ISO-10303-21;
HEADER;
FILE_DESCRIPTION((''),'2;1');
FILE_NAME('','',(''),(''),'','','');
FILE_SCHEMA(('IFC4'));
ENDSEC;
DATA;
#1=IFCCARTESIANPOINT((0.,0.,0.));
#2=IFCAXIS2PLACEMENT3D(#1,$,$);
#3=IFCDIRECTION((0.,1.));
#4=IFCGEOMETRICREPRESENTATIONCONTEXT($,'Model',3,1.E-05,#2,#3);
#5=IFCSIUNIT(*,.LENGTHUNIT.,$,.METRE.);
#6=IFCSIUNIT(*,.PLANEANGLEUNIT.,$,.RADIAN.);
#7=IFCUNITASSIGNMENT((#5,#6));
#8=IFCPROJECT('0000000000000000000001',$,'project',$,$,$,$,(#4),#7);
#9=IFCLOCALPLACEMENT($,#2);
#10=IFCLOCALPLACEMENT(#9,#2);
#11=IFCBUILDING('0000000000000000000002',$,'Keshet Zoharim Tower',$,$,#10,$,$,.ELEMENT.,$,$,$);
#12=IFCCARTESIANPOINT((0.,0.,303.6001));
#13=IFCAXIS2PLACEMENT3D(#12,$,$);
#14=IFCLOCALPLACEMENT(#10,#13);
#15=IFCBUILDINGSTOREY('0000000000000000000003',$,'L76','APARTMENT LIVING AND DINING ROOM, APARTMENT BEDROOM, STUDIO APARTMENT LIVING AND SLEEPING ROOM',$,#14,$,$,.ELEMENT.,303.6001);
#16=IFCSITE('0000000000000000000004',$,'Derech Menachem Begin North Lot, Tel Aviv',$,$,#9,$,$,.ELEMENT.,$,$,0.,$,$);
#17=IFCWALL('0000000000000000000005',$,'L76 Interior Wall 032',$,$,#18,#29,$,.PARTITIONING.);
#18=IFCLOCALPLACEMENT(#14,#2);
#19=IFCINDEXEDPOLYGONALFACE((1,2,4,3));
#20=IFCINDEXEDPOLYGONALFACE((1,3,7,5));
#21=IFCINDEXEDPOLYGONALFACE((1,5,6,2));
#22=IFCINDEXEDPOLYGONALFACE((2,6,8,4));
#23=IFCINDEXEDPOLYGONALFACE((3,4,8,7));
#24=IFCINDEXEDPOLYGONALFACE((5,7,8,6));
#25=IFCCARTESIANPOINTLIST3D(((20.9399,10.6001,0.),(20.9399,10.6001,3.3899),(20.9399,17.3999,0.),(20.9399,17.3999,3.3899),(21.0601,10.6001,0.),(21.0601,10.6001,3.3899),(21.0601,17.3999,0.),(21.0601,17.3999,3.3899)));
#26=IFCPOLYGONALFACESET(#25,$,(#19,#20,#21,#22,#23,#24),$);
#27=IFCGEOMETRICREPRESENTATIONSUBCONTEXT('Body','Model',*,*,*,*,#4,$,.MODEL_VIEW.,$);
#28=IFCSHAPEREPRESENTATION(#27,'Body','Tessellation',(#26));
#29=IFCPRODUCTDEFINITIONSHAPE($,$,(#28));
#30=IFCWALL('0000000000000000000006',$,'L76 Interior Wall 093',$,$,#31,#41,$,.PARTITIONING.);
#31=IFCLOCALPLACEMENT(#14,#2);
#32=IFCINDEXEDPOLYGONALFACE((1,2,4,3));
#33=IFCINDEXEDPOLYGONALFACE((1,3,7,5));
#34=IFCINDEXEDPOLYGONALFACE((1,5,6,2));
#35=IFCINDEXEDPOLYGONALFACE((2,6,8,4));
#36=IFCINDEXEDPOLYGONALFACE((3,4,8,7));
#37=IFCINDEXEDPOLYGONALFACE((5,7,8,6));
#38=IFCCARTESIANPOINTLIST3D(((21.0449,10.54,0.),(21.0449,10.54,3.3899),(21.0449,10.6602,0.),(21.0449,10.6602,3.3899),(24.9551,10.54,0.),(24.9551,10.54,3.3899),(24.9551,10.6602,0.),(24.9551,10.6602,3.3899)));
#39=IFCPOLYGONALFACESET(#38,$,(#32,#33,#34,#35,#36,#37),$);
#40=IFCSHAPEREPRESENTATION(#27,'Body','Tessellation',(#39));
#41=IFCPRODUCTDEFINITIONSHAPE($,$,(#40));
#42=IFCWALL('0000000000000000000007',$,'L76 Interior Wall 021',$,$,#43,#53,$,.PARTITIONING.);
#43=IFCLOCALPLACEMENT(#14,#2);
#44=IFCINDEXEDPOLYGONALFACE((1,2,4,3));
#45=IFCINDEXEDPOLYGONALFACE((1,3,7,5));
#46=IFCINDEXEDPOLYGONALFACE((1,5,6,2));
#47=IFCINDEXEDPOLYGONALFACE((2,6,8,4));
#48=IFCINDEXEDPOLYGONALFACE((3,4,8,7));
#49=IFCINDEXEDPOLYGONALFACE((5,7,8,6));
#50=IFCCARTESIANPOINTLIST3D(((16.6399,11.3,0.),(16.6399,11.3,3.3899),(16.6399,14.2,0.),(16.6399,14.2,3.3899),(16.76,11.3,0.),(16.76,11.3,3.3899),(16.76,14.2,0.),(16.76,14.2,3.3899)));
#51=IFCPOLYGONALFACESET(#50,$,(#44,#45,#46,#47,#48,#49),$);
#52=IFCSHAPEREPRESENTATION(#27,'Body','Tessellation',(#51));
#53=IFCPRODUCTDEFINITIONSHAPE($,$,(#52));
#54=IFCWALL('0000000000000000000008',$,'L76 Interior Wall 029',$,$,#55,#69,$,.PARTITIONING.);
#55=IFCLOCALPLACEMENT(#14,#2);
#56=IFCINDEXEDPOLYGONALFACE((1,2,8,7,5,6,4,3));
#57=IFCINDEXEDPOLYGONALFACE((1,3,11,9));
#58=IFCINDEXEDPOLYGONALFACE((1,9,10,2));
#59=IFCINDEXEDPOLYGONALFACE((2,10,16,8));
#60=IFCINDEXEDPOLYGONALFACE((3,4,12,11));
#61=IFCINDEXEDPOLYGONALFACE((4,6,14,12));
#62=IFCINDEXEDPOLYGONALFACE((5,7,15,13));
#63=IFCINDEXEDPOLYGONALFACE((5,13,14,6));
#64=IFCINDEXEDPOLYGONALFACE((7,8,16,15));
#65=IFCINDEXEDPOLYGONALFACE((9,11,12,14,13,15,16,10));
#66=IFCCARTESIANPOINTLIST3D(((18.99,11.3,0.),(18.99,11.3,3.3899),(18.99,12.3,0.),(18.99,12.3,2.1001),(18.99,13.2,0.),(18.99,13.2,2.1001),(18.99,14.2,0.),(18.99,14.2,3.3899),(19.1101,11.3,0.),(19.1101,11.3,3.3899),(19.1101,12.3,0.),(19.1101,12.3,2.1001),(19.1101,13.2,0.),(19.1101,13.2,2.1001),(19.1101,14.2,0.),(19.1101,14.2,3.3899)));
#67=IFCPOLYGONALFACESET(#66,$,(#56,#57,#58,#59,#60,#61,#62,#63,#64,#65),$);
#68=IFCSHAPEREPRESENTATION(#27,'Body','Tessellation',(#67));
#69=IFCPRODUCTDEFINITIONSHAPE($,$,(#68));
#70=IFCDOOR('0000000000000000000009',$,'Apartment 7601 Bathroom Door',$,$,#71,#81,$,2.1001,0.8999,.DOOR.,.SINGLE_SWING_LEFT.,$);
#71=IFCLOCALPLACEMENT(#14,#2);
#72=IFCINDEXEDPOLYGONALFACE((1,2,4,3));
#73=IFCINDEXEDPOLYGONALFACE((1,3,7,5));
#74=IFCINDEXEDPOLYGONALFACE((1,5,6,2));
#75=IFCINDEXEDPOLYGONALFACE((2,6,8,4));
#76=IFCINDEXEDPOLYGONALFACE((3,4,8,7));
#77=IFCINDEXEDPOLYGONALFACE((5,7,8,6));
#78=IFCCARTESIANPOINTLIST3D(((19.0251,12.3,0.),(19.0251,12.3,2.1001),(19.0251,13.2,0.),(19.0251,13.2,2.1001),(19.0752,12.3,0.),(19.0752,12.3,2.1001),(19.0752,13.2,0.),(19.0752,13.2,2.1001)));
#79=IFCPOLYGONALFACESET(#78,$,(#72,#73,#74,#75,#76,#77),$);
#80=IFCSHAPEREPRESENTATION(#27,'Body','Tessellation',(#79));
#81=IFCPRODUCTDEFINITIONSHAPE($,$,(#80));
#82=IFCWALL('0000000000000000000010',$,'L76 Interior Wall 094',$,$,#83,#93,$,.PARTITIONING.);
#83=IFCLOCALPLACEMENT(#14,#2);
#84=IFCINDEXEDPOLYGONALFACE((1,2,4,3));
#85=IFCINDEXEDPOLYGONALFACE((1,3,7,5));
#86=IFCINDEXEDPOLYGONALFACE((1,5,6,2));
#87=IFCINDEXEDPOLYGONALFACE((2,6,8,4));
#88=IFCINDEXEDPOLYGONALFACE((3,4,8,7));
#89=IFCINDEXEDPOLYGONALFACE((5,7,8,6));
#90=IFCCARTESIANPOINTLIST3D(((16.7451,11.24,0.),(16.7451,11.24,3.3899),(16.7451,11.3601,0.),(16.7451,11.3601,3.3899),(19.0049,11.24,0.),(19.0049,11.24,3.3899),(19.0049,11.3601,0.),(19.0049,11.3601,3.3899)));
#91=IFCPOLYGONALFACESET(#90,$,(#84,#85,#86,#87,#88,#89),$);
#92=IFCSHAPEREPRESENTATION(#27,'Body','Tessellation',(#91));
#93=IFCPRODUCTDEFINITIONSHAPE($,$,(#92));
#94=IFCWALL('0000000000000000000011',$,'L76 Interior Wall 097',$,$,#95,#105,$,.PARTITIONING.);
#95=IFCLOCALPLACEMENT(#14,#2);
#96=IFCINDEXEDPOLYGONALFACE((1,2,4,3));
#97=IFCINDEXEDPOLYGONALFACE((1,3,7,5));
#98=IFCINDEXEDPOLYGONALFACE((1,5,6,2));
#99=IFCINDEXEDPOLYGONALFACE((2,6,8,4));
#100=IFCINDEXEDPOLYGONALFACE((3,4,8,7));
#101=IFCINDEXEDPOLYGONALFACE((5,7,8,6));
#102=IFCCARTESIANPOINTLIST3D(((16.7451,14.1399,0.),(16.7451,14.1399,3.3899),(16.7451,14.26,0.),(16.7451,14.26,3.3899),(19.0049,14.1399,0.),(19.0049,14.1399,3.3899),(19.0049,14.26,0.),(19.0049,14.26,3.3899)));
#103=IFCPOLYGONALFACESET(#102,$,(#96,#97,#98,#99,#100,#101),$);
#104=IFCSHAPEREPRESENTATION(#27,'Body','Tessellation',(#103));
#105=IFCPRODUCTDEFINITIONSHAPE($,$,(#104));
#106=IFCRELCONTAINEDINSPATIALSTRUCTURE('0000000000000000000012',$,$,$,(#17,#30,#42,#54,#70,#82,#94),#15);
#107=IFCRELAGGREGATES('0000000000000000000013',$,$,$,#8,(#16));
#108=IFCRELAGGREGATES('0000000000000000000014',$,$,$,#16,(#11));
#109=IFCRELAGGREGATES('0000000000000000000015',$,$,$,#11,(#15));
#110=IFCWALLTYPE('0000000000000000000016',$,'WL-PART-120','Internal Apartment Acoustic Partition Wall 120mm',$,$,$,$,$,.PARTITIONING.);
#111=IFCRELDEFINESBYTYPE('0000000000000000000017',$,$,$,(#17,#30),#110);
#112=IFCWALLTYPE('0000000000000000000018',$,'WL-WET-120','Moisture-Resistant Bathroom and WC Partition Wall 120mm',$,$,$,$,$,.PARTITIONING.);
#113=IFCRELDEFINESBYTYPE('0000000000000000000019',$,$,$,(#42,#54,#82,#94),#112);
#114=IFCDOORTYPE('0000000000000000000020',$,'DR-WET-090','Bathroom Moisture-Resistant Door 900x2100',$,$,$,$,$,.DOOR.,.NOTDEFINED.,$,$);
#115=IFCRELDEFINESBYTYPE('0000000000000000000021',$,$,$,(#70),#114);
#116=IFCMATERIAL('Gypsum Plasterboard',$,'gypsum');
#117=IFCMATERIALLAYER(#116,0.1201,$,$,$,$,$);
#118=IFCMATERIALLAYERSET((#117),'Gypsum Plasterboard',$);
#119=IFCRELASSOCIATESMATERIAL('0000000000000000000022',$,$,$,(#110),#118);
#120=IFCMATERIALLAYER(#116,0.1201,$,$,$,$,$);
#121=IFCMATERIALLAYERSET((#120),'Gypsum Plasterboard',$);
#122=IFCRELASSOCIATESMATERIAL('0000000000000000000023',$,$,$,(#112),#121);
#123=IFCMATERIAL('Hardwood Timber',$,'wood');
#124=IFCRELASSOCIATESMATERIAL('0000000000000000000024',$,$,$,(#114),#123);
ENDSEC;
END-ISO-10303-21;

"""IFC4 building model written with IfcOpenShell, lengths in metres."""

from ifc_helpers import new_model, si_unit, direction, frame, frame_2d, origin, place, context, subcontext, project, spatial, rectangle, extrude, material, layer, layer_set, type_object, element, fill, save


model = new_model("IFC4")

# Units and contexts
model_context = context("Model", 3, precision=1e-05, world=origin(), true_north=direction((0.0, 1.0)))
body_context = subcontext(model_context, "Body", "Model", "MODEL_VIEW")
ifc_project = project(units=[si_unit("LENGTHUNIT", "METRE"), si_unit("PLANEANGLEUNIT", "RADIAN")], contexts=[model_context])

# Site, building, storey
site_placement = place(None, origin())
site = spatial("IfcSite", under=ifc_project, at=site_placement, Name="Derech Menachem Begin North Lot, Tel Aviv", CompositionType="ELEMENT", RefElevation=0.0)
building_placement = place(site_placement, origin())
building = spatial("IfcBuilding", under=site, at=building_placement, Name="Keshet Zoharim Tower", CompositionType="ELEMENT")
storey_placement = place(building_placement, frame((0.0, 0.0, 303.6001)))
storey = spatial("IfcBuildingStorey", under=building, at=storey_placement, Name="L76", Description="APARTMENT LIVING AND DINING ROOM, APARTMENT BEDROOM, STUDIO APARTMENT LIVING AND SLEEPING ROOM", CompositionType="ELEMENT", Elevation=303.6001)

# Shared definitions
ifc_material_1 = material(Name="Gypsum Plasterboard", Category="gypsum")
ifc_material_2 = material(Name="Hardwood Timber", Category="wood")

# Shared definitions
ifc_layer_1 = layer(ifc_material_1, 0.1201)
ifc_layer_set_1 = layer_set([ifc_layer_1], Name="Gypsum Plasterboard")
wall_type_1 = type_object("IfcWallType", Name="WL-PART-120", Description="Internal Apartment Acoustic Partition Wall 120mm", PredefinedType="PARTITIONING", material=ifc_layer_set_1)

# Walls
wall_1_placement = place(storey_placement, frame((21.0, 10.6001, 0.0), z_axis=(0.0, 0.0, 1.0), x_axis=(0.0, 1.0, 0.0)))
element("IfcWall", 1, at=wall_1_placement, inside=storey, type_object=wall_type_1, Name="L76 Interior Wall 032", PredefinedType="PARTITIONING", context=body_context, shape_type="SweptSolid", body=[
    extrude(rectangle(XDim=6.7998, YDim=0.1201, at=frame_2d((3.3999, 0.0))), origin(), (0.0, 0.0, 1.0), 3.3899),
])
wall_2_placement = place(storey_placement, frame((21.0449, 10.6001, 0.0), z_axis=(0.0, 0.0, 1.0), x_axis=(1.0, 0.0, 0.0)))
element("IfcWall", 2, at=wall_2_placement, inside=storey, type_object=wall_type_1, Name="L76 Interior Wall 093", PredefinedType="PARTITIONING", context=body_context, shape_type="SweptSolid", body=[
    extrude(rectangle(XDim=3.9102, YDim=0.1201, at=frame_2d((1.9551, 0.0))), origin(), (0.0, 0.0, 1.0), 3.3899),
])
ifc_layer_2 = layer(ifc_material_1, 0.1201)
ifc_layer_set_2 = layer_set([ifc_layer_2], Name="Gypsum Plasterboard")
wall_type_2 = type_object("IfcWallType", Name="WL-WET-120", Description="Moisture-Resistant Bathroom and WC Partition Wall 120mm", PredefinedType="PARTITIONING", material=ifc_layer_set_2)
wall_3_placement = place(storey_placement, frame((16.7, 11.3, 0.0), z_axis=(0.0, 0.0, 1.0), x_axis=(0.0, 1.0, 0.0)))
element("IfcWall", 3, at=wall_3_placement, inside=storey, type_object=wall_type_2, Name="L76 Interior Wall 021", PredefinedType="PARTITIONING", context=body_context, shape_type="SweptSolid", body=[
    extrude(rectangle(XDim=2.8999, YDim=0.1201, at=frame_2d((1.45, 0.0))), origin(), (0.0, 0.0, 1.0), 3.3899),
])

# Wall, opening, door
wall_4_placement = place(storey_placement, frame((19.05, 11.3, 0.0), z_axis=(0.0, 0.0, 1.0), x_axis=(0.0, 1.0, 0.0)))
wall_4 = element("IfcWall", 4, at=wall_4_placement, inside=storey, type_object=wall_type_2, Name="L76 Interior Wall 029", PredefinedType="PARTITIONING", context=body_context, shape_type="SweptSolid", body=[
    extrude(rectangle(XDim=2.8999, YDim=0.1201, at=frame_2d((1.45, 0.0))), origin(), (0.0, 0.0, 1.0), 3.3899),
])
opening_1_placement = place(wall_4_placement, frame((1.0, 0.0, 0.0)))
opening_1 = element("IfcOpeningElement", 5, at=opening_1_placement, cuts=wall_4, PredefinedType="OPENING", context=body_context, shape_type="SweptSolid", body=[
    extrude(rectangle(XDim=0.8999, YDim=2.1001, at=frame_2d((0.45, 1.05))), frame((0.0, 0.0701, 0.0), z_axis=(0.0, -1.0, 0.0), x_axis=(1.0, 0.0, 0.0)), (0.0, 0.0, 1.0), 0.1401),
])
door_type_1 = type_object("IfcDoorType", Name="DR-WET-090", Description="Bathroom Moisture-Resistant Door 900x2100", OperationType="NOTDEFINED", PredefinedType="DOOR", material=ifc_material_2)
door_1_placement = place(opening_1_placement, origin())
door_1 = element("IfcDoor", 6, at=door_1_placement, inside=storey, type_object=door_type_1, Name="Apartment 7601 Bathroom Door", OperationType="SINGLE_SWING_LEFT", OverallHeight=2.1001, OverallWidth=0.8999, PredefinedType="DOOR", context=body_context, shape_type="SweptSolid", body=[
    extrude(rectangle(XDim=0.8999, YDim=2.1001, at=frame_2d((0.45, 1.05))), frame((0.0, 0.0249, 0.0), z_axis=(0.0, -1.0, 0.0), x_axis=(1.0, 0.0, 0.0)), (0.0, 0.0, 1.0), 0.05),
])
fill(opening_1, door_1)

# Walls
for number, where, z_axis, x_axis, name in (
    (7, (16.7451, 11.3, 0.0), (0.0, 0.0, 1.0), (1.0, 0.0, 0.0), "L76 Interior Wall 094"),
    (8, (16.7451, 14.2, 0.0), (0.0, 0.0, 1.0), (1.0, 0.0, 0.0), "L76 Interior Wall 097"),
):
    element("IfcWall", number, at=place(storey_placement, frame(where, z_axis=z_axis, x_axis=x_axis)), inside=storey, type_object=wall_type_2, Name=name, PredefinedType="PARTITIONING", context=body_context, shape_type="SweptSolid", body=[
        extrude(rectangle(XDim=2.2598, YDim=0.1201, at=frame_2d((1.1299, 0.0))), origin(), (0.0, 0.0, 1.0), 3.3899),
    ])

save(model, "model.ifc")
